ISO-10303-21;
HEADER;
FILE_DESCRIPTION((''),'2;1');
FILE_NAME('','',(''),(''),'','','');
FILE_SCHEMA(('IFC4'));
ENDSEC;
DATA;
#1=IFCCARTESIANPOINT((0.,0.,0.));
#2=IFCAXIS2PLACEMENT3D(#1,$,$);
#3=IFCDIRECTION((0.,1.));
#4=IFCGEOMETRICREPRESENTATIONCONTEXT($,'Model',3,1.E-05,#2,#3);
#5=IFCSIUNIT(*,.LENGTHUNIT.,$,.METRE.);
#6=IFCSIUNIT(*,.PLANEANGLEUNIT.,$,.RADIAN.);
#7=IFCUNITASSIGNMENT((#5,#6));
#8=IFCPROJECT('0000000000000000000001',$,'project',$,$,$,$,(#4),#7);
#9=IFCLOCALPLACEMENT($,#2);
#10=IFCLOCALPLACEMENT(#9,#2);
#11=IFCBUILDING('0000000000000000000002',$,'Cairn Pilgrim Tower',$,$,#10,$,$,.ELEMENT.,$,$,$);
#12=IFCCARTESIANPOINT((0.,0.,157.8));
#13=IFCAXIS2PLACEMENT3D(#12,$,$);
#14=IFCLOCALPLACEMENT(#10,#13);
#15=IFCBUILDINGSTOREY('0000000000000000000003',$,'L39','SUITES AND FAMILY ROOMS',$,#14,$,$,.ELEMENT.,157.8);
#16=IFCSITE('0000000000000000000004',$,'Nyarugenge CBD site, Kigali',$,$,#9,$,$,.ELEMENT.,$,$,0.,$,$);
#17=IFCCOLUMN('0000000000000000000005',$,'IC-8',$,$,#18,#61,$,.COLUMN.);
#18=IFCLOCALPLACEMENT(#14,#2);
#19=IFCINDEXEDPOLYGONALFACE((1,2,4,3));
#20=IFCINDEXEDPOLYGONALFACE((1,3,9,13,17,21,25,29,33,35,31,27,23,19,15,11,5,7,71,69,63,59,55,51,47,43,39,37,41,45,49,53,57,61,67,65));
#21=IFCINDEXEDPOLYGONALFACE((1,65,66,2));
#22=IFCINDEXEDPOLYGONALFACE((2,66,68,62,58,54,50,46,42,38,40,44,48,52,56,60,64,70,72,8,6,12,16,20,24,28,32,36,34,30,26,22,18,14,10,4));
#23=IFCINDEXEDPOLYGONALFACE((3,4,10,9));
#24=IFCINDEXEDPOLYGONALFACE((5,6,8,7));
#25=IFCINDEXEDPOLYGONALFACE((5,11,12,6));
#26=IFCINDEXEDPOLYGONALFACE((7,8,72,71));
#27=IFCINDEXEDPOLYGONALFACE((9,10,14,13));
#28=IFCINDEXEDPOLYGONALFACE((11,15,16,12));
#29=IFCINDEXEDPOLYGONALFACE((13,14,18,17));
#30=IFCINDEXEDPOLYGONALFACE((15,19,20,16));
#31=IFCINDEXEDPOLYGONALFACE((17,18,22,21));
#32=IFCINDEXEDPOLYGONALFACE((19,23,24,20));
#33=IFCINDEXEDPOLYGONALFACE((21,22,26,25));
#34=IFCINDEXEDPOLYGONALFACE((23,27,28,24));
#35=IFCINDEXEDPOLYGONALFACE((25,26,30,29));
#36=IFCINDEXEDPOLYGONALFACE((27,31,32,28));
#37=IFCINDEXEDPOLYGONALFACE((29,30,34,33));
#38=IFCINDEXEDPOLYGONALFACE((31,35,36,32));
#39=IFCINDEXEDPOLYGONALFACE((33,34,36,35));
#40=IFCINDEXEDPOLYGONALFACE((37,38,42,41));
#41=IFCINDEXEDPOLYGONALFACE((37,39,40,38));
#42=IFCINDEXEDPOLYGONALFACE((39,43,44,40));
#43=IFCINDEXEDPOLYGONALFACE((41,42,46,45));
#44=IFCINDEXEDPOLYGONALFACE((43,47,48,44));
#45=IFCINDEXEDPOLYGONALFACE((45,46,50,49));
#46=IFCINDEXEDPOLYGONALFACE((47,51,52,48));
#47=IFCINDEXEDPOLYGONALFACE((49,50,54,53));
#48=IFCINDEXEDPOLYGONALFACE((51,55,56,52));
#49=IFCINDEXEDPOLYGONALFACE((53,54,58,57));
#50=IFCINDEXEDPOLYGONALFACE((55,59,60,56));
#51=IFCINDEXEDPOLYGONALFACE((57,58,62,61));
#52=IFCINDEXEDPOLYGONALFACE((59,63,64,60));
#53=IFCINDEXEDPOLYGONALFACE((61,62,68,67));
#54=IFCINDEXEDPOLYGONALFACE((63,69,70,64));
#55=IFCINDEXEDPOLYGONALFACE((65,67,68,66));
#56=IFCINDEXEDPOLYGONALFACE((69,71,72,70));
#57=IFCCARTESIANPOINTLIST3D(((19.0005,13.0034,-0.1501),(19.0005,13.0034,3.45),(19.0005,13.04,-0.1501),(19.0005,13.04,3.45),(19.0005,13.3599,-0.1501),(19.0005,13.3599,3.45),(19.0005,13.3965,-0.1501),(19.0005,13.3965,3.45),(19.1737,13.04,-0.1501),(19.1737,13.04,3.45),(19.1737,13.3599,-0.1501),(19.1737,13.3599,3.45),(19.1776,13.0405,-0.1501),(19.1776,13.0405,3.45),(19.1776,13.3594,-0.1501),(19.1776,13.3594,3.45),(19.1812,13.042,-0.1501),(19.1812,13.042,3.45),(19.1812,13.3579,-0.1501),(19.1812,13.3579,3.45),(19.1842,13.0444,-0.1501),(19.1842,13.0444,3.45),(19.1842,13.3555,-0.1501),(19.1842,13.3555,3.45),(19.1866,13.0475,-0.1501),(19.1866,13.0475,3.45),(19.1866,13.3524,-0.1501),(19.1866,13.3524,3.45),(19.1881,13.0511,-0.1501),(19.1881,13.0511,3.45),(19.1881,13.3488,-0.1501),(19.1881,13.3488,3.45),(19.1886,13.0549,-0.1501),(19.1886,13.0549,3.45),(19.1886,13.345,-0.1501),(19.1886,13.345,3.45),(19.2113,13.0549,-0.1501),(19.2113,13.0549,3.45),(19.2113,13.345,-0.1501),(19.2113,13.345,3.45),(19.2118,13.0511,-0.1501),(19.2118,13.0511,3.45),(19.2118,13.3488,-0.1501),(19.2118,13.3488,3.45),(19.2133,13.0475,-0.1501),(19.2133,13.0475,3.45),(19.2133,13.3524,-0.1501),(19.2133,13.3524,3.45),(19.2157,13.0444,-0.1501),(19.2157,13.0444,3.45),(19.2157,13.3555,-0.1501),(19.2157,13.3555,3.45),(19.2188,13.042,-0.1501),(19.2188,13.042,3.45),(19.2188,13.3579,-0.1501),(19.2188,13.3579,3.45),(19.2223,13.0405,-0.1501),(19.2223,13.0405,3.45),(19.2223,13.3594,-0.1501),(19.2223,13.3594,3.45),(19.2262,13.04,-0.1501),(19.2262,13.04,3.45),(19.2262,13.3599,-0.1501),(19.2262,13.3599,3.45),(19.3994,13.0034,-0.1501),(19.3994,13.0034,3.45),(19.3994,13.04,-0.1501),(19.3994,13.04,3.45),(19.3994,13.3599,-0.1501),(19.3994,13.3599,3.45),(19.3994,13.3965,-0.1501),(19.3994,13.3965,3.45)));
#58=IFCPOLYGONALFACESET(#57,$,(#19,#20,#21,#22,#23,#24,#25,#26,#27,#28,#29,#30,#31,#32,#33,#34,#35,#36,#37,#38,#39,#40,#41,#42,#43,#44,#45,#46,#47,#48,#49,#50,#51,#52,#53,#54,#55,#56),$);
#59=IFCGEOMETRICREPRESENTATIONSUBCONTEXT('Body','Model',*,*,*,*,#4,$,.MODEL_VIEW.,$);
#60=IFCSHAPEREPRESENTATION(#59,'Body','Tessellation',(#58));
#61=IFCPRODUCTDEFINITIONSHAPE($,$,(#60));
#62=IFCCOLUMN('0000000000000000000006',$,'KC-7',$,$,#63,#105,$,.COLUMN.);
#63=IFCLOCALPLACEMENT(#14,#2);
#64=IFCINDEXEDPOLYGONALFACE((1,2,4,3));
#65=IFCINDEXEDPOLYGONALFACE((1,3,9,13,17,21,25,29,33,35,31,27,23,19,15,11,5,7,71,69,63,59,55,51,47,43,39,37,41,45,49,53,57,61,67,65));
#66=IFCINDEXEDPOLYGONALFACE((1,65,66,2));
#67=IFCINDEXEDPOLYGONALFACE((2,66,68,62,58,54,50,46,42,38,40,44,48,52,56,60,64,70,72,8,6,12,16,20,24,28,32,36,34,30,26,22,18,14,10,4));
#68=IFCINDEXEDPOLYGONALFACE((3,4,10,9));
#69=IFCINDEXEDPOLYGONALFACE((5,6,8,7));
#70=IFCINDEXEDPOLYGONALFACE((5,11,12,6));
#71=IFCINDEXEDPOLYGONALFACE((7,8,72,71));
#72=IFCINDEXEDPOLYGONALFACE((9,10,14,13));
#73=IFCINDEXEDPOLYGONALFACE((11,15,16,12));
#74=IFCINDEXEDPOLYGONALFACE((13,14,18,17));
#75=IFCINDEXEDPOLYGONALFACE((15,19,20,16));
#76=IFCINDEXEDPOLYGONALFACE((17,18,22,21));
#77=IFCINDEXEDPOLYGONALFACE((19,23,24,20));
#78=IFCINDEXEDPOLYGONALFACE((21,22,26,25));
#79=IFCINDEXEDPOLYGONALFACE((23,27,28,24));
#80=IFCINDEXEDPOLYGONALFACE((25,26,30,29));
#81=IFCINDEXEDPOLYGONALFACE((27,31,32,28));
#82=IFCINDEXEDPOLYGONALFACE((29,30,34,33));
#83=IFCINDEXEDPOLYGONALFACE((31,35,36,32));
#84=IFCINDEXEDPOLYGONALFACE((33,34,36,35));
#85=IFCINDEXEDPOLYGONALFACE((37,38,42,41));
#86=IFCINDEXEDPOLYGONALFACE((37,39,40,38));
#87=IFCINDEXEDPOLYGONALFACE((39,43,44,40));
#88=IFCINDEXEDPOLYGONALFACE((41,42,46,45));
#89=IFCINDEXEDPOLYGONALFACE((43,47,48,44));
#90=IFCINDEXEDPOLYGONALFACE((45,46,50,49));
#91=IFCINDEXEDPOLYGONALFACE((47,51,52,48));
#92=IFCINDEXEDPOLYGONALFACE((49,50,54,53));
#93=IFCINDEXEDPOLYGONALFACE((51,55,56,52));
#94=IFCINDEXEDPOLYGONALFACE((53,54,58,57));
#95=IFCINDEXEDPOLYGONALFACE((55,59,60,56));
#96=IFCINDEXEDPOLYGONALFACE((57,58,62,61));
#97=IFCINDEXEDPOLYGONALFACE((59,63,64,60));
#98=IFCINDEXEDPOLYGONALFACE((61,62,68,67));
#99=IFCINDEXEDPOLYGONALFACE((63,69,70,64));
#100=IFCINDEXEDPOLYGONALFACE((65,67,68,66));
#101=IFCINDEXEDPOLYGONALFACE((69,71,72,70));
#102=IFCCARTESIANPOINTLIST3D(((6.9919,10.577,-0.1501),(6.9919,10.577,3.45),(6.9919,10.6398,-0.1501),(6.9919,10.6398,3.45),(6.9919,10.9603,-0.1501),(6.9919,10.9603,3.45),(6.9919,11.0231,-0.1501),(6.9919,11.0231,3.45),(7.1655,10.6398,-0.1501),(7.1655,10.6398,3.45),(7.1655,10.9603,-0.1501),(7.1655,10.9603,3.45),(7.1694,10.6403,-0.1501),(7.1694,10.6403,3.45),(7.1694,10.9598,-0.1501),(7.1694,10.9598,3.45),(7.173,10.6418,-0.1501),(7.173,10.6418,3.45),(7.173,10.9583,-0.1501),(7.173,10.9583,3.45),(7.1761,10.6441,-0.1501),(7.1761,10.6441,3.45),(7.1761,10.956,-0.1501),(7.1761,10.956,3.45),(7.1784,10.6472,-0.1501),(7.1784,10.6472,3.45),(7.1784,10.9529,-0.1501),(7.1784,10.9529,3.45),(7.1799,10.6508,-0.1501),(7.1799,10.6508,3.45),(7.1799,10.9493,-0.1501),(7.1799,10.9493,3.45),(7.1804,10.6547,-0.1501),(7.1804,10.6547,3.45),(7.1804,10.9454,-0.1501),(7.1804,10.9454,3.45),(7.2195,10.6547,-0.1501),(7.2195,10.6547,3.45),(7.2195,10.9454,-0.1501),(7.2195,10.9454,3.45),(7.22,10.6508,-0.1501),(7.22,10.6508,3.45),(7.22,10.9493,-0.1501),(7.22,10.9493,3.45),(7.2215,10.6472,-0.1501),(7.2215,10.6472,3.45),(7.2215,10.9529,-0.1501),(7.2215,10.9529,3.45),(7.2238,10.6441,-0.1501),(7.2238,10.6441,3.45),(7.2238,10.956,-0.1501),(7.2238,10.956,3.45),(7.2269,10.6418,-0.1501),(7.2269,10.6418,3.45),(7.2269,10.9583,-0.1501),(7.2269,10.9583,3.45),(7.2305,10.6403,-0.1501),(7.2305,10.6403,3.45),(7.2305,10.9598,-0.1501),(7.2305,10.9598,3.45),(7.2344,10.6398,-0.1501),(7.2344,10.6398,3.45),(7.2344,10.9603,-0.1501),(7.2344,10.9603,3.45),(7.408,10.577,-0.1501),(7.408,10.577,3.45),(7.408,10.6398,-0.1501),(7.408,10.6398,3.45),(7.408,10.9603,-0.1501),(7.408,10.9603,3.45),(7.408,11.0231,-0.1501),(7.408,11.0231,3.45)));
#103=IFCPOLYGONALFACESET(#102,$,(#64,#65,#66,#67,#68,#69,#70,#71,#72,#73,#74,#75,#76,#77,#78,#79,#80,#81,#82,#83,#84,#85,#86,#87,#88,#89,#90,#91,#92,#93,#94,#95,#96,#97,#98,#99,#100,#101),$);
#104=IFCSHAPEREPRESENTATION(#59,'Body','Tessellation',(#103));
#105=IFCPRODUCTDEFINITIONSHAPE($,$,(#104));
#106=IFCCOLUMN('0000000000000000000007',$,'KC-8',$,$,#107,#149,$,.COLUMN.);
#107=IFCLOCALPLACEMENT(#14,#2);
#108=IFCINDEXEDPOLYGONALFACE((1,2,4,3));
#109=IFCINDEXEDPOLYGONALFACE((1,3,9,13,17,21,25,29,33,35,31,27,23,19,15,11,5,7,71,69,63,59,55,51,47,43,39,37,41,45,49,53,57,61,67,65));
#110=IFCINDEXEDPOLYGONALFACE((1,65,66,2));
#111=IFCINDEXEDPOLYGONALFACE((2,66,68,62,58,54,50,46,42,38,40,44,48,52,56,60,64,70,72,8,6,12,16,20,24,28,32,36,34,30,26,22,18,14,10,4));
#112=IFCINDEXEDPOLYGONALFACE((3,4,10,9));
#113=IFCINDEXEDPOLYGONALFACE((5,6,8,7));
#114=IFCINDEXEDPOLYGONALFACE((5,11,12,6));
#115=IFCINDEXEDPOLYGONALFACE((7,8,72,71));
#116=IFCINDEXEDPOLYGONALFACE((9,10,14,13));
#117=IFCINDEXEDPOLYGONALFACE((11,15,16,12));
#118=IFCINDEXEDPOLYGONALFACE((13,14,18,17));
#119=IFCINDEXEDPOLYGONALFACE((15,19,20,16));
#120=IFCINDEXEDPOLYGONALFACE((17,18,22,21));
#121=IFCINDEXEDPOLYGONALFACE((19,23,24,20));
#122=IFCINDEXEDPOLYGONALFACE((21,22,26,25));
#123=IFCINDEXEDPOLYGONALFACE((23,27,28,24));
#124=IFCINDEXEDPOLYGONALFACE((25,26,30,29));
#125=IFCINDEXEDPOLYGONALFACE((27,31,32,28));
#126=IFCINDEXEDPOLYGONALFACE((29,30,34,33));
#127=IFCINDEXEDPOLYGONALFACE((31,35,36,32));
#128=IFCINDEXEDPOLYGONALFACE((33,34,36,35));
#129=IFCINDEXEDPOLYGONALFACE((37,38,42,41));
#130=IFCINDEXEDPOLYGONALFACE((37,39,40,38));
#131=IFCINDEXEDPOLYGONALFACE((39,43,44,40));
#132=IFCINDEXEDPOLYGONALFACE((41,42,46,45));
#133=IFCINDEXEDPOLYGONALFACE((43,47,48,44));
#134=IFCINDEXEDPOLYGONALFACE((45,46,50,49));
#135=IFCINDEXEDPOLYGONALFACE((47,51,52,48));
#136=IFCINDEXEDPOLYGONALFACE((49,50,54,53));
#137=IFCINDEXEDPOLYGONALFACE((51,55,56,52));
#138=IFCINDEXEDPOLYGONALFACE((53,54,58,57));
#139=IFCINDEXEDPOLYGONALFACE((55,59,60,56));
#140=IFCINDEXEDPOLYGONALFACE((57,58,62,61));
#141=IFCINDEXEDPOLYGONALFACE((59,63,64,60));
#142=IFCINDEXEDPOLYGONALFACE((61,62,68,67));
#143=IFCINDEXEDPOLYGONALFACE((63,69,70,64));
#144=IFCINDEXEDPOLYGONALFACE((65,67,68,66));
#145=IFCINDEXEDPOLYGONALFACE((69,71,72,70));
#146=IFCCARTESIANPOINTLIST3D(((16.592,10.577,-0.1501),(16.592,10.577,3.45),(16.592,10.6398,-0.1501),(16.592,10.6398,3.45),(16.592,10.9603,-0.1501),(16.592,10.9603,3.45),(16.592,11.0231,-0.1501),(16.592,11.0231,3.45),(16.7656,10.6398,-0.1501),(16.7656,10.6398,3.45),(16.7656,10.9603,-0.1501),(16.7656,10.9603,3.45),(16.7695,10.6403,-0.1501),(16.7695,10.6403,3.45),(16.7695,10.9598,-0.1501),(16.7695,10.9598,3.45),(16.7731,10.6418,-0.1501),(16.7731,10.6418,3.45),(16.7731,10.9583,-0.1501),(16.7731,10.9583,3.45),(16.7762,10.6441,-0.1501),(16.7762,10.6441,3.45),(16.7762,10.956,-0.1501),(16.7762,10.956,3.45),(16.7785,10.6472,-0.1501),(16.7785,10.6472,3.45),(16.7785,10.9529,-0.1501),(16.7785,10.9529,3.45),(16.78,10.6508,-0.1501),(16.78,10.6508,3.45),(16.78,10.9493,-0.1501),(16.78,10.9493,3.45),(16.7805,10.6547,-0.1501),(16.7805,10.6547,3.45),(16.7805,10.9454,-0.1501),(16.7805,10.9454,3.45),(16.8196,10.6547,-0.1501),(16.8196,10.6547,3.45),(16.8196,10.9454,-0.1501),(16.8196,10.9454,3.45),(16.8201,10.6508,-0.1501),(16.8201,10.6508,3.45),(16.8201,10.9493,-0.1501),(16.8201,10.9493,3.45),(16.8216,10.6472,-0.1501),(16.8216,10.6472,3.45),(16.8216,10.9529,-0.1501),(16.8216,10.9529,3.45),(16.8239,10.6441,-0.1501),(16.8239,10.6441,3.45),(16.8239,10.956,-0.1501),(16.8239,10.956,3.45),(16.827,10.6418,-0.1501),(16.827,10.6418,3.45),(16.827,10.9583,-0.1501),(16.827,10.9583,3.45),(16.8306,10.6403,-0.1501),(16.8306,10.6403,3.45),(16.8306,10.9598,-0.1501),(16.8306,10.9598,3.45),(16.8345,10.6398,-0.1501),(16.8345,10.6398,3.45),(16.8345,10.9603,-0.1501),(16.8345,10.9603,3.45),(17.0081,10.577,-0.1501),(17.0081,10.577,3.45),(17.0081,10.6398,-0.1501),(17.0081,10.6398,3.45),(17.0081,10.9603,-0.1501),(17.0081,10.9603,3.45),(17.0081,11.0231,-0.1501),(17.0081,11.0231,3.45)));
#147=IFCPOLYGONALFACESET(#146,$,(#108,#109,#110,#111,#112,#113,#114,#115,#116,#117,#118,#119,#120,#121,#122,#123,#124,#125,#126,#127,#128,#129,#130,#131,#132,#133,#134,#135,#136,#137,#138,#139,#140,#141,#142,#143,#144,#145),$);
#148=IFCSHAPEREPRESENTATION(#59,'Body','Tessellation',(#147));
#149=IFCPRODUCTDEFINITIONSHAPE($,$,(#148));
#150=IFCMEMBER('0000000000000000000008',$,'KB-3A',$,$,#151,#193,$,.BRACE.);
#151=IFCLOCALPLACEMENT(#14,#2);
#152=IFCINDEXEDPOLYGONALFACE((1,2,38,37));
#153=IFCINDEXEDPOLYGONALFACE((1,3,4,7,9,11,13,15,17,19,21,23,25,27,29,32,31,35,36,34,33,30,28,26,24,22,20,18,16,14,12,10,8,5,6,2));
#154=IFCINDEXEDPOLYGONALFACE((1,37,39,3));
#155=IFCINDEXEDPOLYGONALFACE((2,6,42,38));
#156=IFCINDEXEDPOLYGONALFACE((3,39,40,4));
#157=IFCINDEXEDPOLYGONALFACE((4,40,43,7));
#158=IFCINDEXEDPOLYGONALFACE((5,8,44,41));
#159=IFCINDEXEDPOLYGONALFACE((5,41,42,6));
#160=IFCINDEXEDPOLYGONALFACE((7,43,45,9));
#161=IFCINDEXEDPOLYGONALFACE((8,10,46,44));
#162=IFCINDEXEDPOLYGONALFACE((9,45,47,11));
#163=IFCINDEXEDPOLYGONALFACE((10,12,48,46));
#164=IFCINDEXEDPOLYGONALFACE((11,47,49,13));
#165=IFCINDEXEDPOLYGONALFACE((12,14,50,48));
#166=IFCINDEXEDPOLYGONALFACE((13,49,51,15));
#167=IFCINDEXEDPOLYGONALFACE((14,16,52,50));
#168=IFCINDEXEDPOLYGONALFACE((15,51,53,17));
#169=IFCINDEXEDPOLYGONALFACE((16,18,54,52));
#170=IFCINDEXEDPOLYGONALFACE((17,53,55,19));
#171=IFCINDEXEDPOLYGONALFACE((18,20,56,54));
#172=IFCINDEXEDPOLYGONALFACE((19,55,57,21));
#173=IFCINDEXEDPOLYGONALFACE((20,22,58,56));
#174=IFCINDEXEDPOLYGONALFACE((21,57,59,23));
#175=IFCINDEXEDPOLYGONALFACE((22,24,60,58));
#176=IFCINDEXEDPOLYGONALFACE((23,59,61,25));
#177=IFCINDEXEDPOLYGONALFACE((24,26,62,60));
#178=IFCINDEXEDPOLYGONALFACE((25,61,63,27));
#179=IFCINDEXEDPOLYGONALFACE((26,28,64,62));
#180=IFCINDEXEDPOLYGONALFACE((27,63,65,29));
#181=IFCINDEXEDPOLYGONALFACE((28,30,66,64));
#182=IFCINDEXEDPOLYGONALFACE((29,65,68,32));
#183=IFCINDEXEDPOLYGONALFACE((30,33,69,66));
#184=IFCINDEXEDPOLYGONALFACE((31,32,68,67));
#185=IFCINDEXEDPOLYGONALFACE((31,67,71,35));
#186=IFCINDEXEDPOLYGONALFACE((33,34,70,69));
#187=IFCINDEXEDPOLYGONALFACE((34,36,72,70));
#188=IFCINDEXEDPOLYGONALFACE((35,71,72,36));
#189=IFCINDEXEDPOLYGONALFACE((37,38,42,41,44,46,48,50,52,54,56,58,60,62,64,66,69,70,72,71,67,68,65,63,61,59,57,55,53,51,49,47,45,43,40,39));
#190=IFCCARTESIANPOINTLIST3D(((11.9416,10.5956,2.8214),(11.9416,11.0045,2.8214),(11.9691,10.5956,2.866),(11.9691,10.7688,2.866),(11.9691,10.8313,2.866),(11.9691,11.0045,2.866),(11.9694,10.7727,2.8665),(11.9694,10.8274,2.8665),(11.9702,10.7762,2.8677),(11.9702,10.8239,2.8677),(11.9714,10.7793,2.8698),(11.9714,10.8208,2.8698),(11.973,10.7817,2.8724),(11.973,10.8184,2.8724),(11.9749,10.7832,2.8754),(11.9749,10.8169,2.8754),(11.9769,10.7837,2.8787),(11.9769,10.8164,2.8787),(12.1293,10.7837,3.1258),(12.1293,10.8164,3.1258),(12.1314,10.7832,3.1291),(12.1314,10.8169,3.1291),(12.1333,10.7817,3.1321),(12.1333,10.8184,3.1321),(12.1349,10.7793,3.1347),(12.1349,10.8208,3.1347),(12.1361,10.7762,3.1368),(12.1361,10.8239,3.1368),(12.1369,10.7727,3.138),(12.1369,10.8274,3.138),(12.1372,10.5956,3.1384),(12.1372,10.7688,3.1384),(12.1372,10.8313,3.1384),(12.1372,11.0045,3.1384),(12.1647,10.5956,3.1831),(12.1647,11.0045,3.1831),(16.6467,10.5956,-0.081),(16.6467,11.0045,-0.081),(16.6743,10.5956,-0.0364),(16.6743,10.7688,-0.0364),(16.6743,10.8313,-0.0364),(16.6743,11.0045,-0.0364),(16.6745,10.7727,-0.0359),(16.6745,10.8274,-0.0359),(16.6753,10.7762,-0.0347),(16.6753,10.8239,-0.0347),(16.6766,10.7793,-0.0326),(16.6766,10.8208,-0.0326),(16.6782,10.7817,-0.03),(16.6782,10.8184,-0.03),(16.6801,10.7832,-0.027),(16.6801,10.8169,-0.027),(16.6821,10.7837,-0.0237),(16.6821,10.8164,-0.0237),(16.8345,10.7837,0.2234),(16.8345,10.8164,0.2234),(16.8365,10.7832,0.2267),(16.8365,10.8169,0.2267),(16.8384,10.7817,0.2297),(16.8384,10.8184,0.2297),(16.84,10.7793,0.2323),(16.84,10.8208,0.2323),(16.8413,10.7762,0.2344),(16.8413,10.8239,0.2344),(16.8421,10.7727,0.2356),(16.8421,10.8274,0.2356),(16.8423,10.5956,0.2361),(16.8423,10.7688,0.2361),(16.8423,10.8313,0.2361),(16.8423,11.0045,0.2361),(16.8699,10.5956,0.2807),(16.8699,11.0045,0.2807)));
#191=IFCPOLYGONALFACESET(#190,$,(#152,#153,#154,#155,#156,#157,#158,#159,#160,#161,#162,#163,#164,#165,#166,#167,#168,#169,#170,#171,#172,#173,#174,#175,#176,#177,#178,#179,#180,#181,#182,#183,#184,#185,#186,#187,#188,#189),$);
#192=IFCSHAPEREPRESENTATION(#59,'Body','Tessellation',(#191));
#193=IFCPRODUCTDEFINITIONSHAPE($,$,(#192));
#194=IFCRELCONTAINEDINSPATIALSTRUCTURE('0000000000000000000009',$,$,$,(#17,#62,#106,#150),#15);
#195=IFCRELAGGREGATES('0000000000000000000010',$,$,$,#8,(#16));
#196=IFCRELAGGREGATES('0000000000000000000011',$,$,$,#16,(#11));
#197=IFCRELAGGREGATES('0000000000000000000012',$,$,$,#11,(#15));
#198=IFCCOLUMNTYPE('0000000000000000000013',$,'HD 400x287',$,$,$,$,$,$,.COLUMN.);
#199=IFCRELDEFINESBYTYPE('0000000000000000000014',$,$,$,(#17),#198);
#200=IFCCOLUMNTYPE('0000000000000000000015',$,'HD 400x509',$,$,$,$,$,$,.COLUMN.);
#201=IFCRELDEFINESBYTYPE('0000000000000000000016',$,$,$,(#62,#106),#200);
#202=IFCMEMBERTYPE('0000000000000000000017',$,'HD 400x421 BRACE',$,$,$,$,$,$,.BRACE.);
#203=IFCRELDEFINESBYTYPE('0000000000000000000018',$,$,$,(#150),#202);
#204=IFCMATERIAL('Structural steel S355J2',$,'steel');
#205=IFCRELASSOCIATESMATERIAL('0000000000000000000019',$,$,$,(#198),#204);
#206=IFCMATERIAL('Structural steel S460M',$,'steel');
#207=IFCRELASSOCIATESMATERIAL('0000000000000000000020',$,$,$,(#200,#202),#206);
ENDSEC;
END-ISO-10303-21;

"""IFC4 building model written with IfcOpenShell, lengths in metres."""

from ifc_helpers import new_model, si_unit, direction, frame, origin, origin_2d, place, context, subcontext, project, spatial, i_section, extrude, material, material_profile, profile_set, type_object, element, save


model = new_model("IFC4")

# Units and contexts
model_context = context("Model", 3, precision=1e-05, world=origin(), true_north=direction((0.0, 1.0)))
body_context = subcontext(model_context, "Body", "Model", "MODEL_VIEW")
ifc_project = project(units=[si_unit("LENGTHUNIT", "METRE"), si_unit("PLANEANGLEUNIT", "RADIAN")], contexts=[model_context])

# Site, building, storey
site_placement = place(None, origin())
site = spatial("IfcSite", under=ifc_project, at=site_placement, Name="Nyarugenge CBD site, Kigali", CompositionType="ELEMENT", RefElevation=0.0)
building_placement = place(site_placement, origin())
building = spatial("IfcBuilding", under=site, at=building_placement, Name="Cairn Pilgrim Tower", CompositionType="ELEMENT")
storey_placement = place(building_placement, frame((0.0, 0.0, 157.8)))
storey = spatial("IfcBuildingStorey", under=building, at=storey_placement, Name="L39", Description="SUITES AND FAMILY ROOMS", CompositionType="ELEMENT", Elevation=157.8)

# Columns
ifc_material_1 = material(Name="Structural steel S355J2", Category="steel")
ifc_material_profile_1 = material_profile(ifc_material_1, i_section(OverallWidth=0.3989, OverallDepth=0.3931, WebThickness=0.0227, FlangeThickness=0.0366, FilletRadius=0.0149, at=origin_2d()), Name="HD 400x287")
ifc_profile_set_1 = profile_set([ifc_material_profile_1], Name="Structural steel S355J2")
column_type_1 = type_object("IfcColumnType", Name="HD 400x287", PredefinedType="COLUMN", material=ifc_profile_set_1)
column_placement = place(storey_placement, frame((19.2, 13.2, -0.1501), z_axis=(0.0, 0.0, 1.0), x_axis=(1.0, 0.0, 0.0)))
element("IfcColumn", 1, at=column_placement, inside=storey, type_object=column_type_1, Name="IC-8", PredefinedType="COLUMN", context=body_context, shape_type="SweptSolid", body=[
    extrude(i_section(OverallWidth=0.3989, OverallDepth=0.3931, WebThickness=0.0227, FlangeThickness=0.0366, FilletRadius=0.0149, at=origin_2d()), origin(), (0.0, 0.0, 1.0), 3.6001),
])
ifc_material_2 = material(Name="Structural steel S460M", Category="steel")
ifc_material_profile_2 = material_profile(ifc_material_2, i_section(OverallWidth=0.416, OverallDepth=0.446, WebThickness=0.0391, FlangeThickness=0.0627, FilletRadius=0.0149, at=origin_2d()), Name="HD 400x509")
ifc_profile_set_2 = profile_set([ifc_material_profile_2], Name="Structural steel S460M")
column_type_2 = type_object("IfcColumnType", Name="HD 400x509", PredefinedType="COLUMN", material=ifc_profile_set_2)
for number, where, z_axis, x_axis, name in (
    (2, (7.2, 10.8, -0.1501), (0.0, 0.0, 1.0), (1.0, 0.0, 0.0), "KC-7"),
    (3, (16.8, 10.8, -0.1501), (0.0, 0.0, 1.0), (1.0, 0.0, 0.0), "KC-8"),
):
    element("IfcColumn", number, at=place(storey_placement, frame(where, z_axis=z_axis, x_axis=x_axis)), inside=storey, type_object=column_type_2, Name=name, PredefinedType="COLUMN", context=body_context, shape_type="SweptSolid", body=[
        extrude(i_section(OverallWidth=0.416, OverallDepth=0.446, WebThickness=0.0391, FlangeThickness=0.0627, FilletRadius=0.0149, at=origin_2d()), origin(), (0.0, 0.0, 1.0), 3.6001),
    ])

# Member
ifc_material_profile_3 = material_profile(ifc_material_2, i_section(OverallWidth=0.4089, OverallDepth=0.425, WebThickness=0.0327, FlangeThickness=0.0525, FilletRadius=0.0149, at=origin_2d()), Name="HD 400x421")
ifc_profile_set_3 = profile_set([ifc_material_profile_3], Name="Structural steel S460M")
member_type = type_object("IfcMemberType", Name="HD 400x421 BRACE", PredefinedType="BRACE", material=ifc_profile_set_3)
for number, where, z_axis, x_axis, name in (
    (4, (16.7583, 10.8, 0.0999), (-0.8511, 0.0, 0.525004), (0.0, -1.0, 0.0), "KB-3A"),
):
    element("IfcMember", number, at=place(storey_placement, frame(where, z_axis=z_axis, x_axis=x_axis)), inside=storey, type_object=member_type, Name=name, PredefinedType="BRACE", context=body_context, shape_type="SweptSolid", body=[
        extrude(i_section(OverallWidth=0.4089, OverallDepth=0.425, WebThickness=0.0327, FlangeThickness=0.0525, FilletRadius=0.0149, at=origin_2d()), origin(), (0.0, 0.0, 1.0), 5.5283),
    ])

save(model, "model.ifc")
